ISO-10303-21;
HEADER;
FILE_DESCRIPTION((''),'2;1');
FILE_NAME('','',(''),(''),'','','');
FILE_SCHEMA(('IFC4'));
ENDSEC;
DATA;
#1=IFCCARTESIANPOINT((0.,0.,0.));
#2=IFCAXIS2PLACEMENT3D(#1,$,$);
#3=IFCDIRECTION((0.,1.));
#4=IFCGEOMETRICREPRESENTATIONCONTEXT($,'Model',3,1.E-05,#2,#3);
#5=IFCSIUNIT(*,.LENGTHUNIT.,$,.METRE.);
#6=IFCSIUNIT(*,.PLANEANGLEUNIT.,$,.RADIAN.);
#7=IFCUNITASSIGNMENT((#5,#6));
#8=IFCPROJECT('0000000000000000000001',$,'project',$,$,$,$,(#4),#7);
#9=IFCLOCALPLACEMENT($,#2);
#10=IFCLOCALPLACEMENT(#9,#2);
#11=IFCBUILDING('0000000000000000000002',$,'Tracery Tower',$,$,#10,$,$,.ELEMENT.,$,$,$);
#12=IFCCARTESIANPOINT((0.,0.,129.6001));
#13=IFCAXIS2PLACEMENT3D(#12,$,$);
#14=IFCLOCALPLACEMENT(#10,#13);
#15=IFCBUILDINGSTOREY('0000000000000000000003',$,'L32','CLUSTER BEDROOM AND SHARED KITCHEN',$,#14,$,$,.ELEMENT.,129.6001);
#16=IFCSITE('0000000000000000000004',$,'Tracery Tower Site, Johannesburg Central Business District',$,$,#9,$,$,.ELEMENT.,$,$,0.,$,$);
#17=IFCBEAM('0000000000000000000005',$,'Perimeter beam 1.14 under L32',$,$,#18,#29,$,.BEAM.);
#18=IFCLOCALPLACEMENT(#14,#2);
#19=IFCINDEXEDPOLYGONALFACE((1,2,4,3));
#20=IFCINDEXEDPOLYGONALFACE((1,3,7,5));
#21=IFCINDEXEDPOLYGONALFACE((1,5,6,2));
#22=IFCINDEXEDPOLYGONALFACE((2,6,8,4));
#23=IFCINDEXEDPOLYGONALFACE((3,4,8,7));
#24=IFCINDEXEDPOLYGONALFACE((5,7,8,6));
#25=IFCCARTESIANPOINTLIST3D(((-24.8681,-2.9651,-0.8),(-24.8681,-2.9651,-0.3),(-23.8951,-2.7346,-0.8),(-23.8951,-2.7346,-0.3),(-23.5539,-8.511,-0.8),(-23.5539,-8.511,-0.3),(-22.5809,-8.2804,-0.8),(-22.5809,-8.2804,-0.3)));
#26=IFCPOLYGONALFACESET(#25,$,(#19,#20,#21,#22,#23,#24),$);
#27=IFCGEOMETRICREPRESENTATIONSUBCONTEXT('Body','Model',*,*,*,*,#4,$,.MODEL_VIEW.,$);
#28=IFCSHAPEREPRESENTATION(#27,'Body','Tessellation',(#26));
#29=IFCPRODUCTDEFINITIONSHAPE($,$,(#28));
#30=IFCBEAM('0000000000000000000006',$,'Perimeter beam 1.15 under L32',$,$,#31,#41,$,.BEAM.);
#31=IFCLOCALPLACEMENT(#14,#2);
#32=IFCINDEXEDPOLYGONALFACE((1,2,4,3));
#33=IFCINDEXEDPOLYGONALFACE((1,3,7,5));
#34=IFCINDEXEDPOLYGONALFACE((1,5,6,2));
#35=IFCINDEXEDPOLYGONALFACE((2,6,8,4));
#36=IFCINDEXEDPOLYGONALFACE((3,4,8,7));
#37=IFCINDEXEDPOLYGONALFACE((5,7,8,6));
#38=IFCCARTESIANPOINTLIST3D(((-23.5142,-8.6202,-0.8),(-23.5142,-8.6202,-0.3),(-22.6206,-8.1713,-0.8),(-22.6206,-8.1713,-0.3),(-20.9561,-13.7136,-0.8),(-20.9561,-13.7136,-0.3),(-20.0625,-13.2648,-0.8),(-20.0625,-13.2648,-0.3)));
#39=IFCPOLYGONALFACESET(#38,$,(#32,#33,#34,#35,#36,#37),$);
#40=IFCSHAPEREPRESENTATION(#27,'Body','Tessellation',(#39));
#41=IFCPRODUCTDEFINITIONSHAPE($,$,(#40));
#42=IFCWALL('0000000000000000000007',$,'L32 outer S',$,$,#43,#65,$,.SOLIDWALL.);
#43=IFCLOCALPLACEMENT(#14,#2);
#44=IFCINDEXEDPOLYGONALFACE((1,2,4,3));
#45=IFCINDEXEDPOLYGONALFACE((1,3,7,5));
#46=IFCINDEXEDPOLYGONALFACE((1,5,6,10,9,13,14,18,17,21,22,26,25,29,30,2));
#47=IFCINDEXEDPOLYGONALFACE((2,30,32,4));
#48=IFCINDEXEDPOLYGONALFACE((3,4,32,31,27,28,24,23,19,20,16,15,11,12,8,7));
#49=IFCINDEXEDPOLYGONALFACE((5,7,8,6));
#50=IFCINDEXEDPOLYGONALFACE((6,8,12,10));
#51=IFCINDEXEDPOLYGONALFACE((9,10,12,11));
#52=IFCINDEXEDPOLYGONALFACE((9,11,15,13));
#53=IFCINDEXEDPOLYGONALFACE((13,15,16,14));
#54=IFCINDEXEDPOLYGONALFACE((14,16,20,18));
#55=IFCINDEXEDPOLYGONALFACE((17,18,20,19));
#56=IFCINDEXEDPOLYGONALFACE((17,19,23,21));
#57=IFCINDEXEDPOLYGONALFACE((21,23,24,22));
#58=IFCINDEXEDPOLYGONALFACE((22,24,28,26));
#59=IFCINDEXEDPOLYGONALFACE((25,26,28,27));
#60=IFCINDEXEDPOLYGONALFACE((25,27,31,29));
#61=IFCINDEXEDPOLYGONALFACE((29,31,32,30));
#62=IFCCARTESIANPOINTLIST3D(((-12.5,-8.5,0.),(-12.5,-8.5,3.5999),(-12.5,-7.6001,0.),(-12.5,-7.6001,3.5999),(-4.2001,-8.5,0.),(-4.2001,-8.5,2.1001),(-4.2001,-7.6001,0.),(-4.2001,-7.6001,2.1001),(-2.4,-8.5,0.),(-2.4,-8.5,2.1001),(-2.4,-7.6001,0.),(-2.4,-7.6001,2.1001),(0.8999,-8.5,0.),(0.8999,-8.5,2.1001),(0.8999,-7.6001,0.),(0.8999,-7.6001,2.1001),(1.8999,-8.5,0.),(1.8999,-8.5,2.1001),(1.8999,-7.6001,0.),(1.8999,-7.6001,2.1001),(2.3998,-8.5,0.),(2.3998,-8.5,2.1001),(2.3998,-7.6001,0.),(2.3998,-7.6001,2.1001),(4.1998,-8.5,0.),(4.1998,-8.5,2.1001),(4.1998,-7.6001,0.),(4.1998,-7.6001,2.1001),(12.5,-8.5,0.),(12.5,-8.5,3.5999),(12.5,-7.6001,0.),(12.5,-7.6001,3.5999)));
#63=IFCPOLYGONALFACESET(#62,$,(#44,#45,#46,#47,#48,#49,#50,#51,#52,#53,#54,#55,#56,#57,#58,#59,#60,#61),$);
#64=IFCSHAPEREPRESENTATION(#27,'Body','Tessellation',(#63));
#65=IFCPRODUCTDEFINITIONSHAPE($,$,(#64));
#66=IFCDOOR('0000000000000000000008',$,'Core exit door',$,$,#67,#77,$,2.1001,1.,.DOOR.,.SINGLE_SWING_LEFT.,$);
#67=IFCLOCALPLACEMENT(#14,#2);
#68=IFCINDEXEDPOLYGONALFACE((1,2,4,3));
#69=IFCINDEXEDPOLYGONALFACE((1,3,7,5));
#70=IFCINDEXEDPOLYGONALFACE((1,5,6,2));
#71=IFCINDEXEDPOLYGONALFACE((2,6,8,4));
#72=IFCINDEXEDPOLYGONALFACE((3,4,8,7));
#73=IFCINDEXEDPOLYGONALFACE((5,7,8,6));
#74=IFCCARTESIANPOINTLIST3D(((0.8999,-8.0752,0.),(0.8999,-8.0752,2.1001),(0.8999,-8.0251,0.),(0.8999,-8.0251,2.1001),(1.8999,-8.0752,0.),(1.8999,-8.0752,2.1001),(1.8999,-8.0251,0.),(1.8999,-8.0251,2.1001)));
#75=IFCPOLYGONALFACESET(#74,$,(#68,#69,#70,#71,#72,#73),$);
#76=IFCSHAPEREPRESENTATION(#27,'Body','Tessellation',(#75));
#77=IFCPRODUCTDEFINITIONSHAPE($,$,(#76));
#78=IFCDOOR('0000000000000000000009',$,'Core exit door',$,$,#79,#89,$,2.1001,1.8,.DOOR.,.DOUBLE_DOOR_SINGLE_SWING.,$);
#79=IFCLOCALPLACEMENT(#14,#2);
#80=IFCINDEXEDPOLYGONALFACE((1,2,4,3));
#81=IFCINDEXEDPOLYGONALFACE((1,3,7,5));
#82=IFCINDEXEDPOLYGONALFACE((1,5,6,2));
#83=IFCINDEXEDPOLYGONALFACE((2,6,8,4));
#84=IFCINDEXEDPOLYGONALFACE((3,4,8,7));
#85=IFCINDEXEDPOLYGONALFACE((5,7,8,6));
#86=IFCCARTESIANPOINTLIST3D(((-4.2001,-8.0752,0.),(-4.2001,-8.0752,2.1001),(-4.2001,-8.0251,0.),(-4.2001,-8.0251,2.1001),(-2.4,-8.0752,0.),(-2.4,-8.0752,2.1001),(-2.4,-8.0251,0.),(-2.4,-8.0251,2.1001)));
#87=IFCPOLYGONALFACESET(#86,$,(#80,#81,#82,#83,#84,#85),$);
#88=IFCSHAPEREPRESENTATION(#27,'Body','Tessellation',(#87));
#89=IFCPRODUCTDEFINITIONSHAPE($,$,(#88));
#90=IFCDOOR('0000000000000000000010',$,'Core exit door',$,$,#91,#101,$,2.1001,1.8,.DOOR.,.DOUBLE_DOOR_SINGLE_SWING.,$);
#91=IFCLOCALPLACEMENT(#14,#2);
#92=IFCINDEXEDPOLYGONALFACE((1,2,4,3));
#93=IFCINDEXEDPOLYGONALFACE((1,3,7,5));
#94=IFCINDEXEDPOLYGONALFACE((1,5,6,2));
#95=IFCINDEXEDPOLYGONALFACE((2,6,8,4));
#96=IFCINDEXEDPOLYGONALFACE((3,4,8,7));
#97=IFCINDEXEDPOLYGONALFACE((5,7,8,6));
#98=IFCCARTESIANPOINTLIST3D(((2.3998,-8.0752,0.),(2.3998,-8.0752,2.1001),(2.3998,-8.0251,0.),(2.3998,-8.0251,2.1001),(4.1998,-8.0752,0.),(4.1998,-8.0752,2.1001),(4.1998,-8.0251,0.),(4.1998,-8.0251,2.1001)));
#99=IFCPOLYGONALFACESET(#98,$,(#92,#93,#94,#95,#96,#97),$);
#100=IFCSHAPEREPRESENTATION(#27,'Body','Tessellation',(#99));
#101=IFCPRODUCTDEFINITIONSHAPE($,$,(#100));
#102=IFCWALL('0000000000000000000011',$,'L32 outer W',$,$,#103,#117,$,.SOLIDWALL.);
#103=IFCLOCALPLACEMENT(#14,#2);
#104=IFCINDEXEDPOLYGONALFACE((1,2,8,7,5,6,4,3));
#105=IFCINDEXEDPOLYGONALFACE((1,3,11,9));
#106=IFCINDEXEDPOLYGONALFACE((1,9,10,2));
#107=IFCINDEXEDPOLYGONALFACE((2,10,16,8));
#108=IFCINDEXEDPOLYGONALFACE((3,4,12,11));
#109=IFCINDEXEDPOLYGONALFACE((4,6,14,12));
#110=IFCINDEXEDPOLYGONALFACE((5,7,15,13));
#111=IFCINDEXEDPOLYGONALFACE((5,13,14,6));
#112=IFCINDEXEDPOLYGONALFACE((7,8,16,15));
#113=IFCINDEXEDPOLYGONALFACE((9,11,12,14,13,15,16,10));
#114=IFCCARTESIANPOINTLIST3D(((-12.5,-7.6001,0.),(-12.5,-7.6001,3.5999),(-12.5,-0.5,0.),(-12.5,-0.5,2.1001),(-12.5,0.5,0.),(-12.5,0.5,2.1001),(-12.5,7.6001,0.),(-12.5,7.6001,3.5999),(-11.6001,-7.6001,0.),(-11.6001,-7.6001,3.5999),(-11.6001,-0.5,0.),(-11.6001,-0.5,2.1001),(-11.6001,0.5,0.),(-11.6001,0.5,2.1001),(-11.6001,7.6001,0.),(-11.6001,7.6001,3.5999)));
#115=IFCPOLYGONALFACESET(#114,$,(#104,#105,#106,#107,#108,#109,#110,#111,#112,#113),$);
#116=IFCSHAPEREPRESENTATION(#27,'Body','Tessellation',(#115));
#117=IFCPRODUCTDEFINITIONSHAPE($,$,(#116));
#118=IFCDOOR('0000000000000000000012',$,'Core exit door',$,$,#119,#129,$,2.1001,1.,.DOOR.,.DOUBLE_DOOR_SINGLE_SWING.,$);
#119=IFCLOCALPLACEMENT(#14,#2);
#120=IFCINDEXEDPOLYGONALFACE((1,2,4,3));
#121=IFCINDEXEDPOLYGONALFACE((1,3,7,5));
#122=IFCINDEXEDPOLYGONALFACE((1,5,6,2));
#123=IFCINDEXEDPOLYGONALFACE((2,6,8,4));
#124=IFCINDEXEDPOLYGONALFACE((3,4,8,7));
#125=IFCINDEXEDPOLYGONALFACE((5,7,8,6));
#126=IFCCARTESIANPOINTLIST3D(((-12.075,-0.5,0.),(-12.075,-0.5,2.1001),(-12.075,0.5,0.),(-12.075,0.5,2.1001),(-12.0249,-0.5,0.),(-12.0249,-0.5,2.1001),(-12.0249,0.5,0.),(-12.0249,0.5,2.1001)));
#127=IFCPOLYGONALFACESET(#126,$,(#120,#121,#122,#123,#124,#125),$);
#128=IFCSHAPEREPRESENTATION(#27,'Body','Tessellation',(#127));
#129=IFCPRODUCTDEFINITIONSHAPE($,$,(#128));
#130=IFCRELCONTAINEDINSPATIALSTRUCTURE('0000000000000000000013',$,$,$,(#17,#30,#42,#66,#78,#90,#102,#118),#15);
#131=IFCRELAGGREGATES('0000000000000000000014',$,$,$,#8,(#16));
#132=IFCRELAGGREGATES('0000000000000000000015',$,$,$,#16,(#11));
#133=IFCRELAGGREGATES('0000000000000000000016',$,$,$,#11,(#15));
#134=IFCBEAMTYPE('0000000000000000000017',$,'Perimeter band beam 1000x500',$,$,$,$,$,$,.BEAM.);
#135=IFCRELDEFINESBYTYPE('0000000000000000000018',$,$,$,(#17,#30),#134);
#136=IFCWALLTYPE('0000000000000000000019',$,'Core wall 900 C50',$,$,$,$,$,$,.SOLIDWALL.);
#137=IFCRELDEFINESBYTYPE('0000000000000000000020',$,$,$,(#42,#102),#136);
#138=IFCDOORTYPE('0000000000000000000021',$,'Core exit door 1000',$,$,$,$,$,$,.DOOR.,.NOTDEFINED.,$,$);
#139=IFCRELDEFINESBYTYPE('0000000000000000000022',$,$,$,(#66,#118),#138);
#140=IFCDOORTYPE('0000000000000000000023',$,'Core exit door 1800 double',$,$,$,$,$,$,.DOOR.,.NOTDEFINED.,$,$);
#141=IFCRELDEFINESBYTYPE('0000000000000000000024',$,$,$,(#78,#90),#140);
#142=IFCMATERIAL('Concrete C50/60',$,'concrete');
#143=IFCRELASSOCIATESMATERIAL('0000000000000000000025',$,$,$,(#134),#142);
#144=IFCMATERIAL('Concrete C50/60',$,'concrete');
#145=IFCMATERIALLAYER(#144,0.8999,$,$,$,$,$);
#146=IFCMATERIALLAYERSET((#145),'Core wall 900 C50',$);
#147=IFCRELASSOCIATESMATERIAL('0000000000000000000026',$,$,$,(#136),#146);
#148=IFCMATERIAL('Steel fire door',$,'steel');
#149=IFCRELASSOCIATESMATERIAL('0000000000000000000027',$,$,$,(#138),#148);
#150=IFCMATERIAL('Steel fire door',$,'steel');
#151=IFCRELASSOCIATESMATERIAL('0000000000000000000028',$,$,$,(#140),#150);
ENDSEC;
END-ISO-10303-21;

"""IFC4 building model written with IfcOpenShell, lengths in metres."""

from ifc_helpers import new_model, si_unit, direction, frame, frame_2d, origin, origin_2d, place, context, subcontext, project, spatial, rectangle, extrude, material, layer, layer_set, material_profile, profile_set, type_object, element, fill, save


model = new_model("IFC4")

# Units and contexts
model_context = context("Model", 3, precision=1e-05, world=origin(), true_north=direction((0.0, 1.0)))
body_context = subcontext(model_context, "Body", "Model", "MODEL_VIEW")
ifc_project = project(units=[si_unit("LENGTHUNIT", "METRE"), si_unit("PLANEANGLEUNIT", "RADIAN")], contexts=[model_context])

# Site, building, storey
site_placement = place(None, origin())
site = spatial("IfcSite", under=ifc_project, at=site_placement, Name="Tracery Tower Site, Johannesburg Central Business District", CompositionType="ELEMENT", RefElevation=0.0)
building_placement = place(site_placement, origin())
building = spatial("IfcBuilding", under=site, at=building_placement, Name="Tracery Tower", CompositionType="ELEMENT")
storey_placement = place(building_placement, frame((0.0, 0.0, 129.6001)))
storey = spatial("IfcBuildingStorey", under=building, at=storey_placement, Name="L32", Description="CLUSTER BEDROOM AND SHARED KITCHEN", CompositionType="ELEMENT", Elevation=129.6001)

# Beams
ifc_material_1 = material(Name="Concrete C50/60", Category="concrete")
ifc_material_profile_1 = material_profile(ifc_material_1, rectangle(XDim=1.0, YDim=0.5, at=origin_2d()), Name="RC 1000x500")
ifc_profile_set_1 = profile_set([ifc_material_profile_1], Name="Concrete C50/60")
beam_type = type_object("IfcBeamType", Name="Perimeter band beam 1000x500", PredefinedType="BEAM", material=ifc_profile_set_1)
beam_1_placement = place(storey_placement, frame((-24.3816, -2.8499, -0.55), z_axis=(0.230584, -0.973052, 0.0), x_axis=(0.973052, 0.230584, 0.0)))
element("IfcBeam", 1, at=beam_1_placement, inside=storey, type_object=beam_type, Name="Perimeter beam 1.14 under L32", PredefinedType="BEAM", context=body_context, shape_type="SweptSolid", body=[
    extrude(rectangle(XDim=1.0, YDim=0.5, at=origin_2d()), origin(), (0.0, 0.0, 1.0), 5.6995),
])
beam_2_placement = place(storey_placement, frame((-23.0674, -8.3958, -0.55), z_axis=(0.448806, -0.893629, 0.0), x_axis=(0.893629, 0.448806, 0.0)))
element("IfcBeam", 2, at=beam_2_placement, inside=storey, type_object=beam_type, Name="Perimeter beam 1.15 under L32", PredefinedType="BEAM", context=body_context, shape_type="SweptSolid", body=[
    extrude(rectangle(XDim=1.0, YDim=0.5, at=origin_2d()), origin(), (0.0, 0.0, 1.0), 5.6997),
])

# Wall, openings, doors
ifc_material_2 = material(Name="Concrete C50/60", Category="concrete")
ifc_layer_1 = layer(ifc_material_2, 0.8999)
ifc_layer_set_1 = layer_set([ifc_layer_1], Name="Core wall 900 C50")
wall_type_1 = type_object("IfcWallType", Name="Core wall 900 C50", PredefinedType="SOLIDWALL", material=ifc_layer_set_1)
wall_1_placement = place(storey_placement, frame((-12.5, -8.05, 0.0), z_axis=(0.0, 0.0, 1.0), x_axis=(1.0, 0.0, 0.0)))
wall_1 = element("IfcWall", 3, at=wall_1_placement, inside=storey, type_object=wall_type_1, Name="L32 outer S", PredefinedType="SOLIDWALL", context=body_context, shape_type="SweptSolid", body=[
    extrude(rectangle(XDim=25.0, YDim=0.8999, at=frame_2d((12.5, 0.0))), origin(), (0.0, 0.0, 1.0), 3.5999),
])
opening_1_placement = place(wall_1_placement, frame((13.3999, 0.0, 0.0)))
opening_1 = element("IfcOpeningElement", 4, at=opening_1_placement, cuts=wall_1, PredefinedType="OPENING", context=body_context, shape_type="SweptSolid", body=[
    extrude(rectangle(XDim=1.0, YDim=2.1001, at=frame_2d((0.5, 1.05))), frame((0.0, 0.45, 0.0), z_axis=(0.0, -1.0, 0.0), x_axis=(1.0, 0.0, 0.0)), (0.0, 0.0, 1.0), 0.8999),
])
opening_2_placement = place(wall_1_placement, frame((8.3, 0.0, 0.0)))
opening_2 = element("IfcOpeningElement", 5, at=opening_2_placement, cuts=wall_1, PredefinedType="OPENING", context=body_context, shape_type="SweptSolid", body=[
    extrude(rectangle(XDim=1.8, YDim=2.1001, at=frame_2d((0.8999, 1.05))), frame((0.0, 0.45, 0.0), z_axis=(0.0, -1.0, 0.0), x_axis=(1.0, 0.0, 0.0)), (0.0, 0.0, 1.0), 0.8999),
])
opening_3_placement = place(wall_1_placement, frame((14.8999, 0.0, 0.0)))
opening_3 = element("IfcOpeningElement", 6, at=opening_3_placement, cuts=wall_1, PredefinedType="OPENING", context=body_context, shape_type="SweptSolid", body=[
    extrude(rectangle(XDim=1.8, YDim=2.1001, at=frame_2d((0.8999, 1.05))), frame((0.0, 0.45, 0.0), z_axis=(0.0, -1.0, 0.0), x_axis=(1.0, 0.0, 0.0)), (0.0, 0.0, 1.0), 0.8999),
])
ifc_material_3 = material(Name="Steel fire door", Category="steel")
door_type_1 = type_object("IfcDoorType", Name="Core exit door 1000", OperationType="NOTDEFINED", PredefinedType="DOOR", material=ifc_material_3)
door_1_placement = place(opening_1_placement, origin())
door_1 = element("IfcDoor", 7, at=door_1_placement, inside=storey, type_object=door_type_1, Name="Core exit door", OperationType="SINGLE_SWING_LEFT", OverallHeight=2.1001, OverallWidth=1.0, PredefinedType="DOOR", context=body_context, shape_type="SweptSolid", body=[
    extrude(rectangle(XDim=1.0, YDim=2.1001, at=frame_2d((0.5, 1.05))), frame((0.0, 0.0249, 0.0), z_axis=(0.0, -1.0, 0.0), x_axis=(1.0, 0.0, 0.0)), (0.0, 0.0, 1.0), 0.05),
])
fill(opening_1, door_1)
ifc_material_4 = material(Name="Steel fire door", Category="steel")
door_type_2 = type_object("IfcDoorType", Name="Core exit door 1800 double", OperationType="NOTDEFINED", PredefinedType="DOOR", material=ifc_material_4)
door_2_placement = place(opening_2_placement, origin())
door_2 = element("IfcDoor", 8, at=door_2_placement, inside=storey, type_object=door_type_2, Name="Core exit door", OperationType="DOUBLE_DOOR_SINGLE_SWING", OverallHeight=2.1001, OverallWidth=1.8, PredefinedType="DOOR", context=body_context, shape_type="SweptSolid", body=[
    extrude(rectangle(XDim=1.8, YDim=2.1001, at=frame_2d((0.8999, 1.05))), frame((0.0, 0.0249, 0.0), z_axis=(0.0, -1.0, 0.0), x_axis=(1.0, 0.0, 0.0)), (0.0, 0.0, 1.0), 0.05),
])
fill(opening_2, door_2)
door_3_placement = place(opening_3_placement, origin())
door_3 = element("IfcDoor", 9, at=door_3_placement, inside=storey, type_object=door_type_2, Name="Core exit door", OperationType="DOUBLE_DOOR_SINGLE_SWING", OverallHeight=2.1001, OverallWidth=1.8, PredefinedType="DOOR", context=body_context, shape_type="SweptSolid", body=[
    extrude(rectangle(XDim=1.8, YDim=2.1001, at=frame_2d((0.8999, 1.05))), frame((0.0, 0.0249, 0.0), z_axis=(0.0, -1.0, 0.0), x_axis=(1.0, 0.0, 0.0)), (0.0, 0.0, 1.0), 0.05),
])
fill(opening_3, door_3)

# Wall, opening, door
wall_2_placement = place(storey_placement, frame((-12.05, -7.6001, 0.0), z_axis=(0.0, 0.0, 1.0), x_axis=(0.0, 1.0, 0.0)))
wall_2 = element("IfcWall", 10, at=wall_2_placement, inside=storey, type_object=wall_type_1, Name="L32 outer W", PredefinedType="SOLIDWALL", context=body_context, shape_type="SweptSolid", body=[
    extrude(rectangle(XDim=15.2002, YDim=0.8999, at=frame_2d((7.6001, 0.0))), origin(), (0.0, 0.0, 1.0), 3.5999),
])
opening_4_placement = place(wall_2_placement, frame((7.1001, 0.0, 0.0)))
opening_4 = element("IfcOpeningElement", 11, at=opening_4_placement, cuts=wall_2, PredefinedType="OPENING", context=body_context, shape_type="SweptSolid", body=[
    extrude(rectangle(XDim=1.0, YDim=2.1001, at=frame_2d((0.5, 1.05))), frame((0.0, 0.45, 0.0), z_axis=(0.0, -1.0, 0.0), x_axis=(1.0, 0.0, 0.0)), (0.0, 0.0, 1.0), 0.8999),
])
door_4_placement = place(opening_4_placement, origin())
door_4 = element("IfcDoor", 12, at=door_4_placement, inside=storey, type_object=door_type_1, Name="Core exit door", OperationType="DOUBLE_DOOR_SINGLE_SWING", OverallHeight=2.1001, OverallWidth=1.0, PredefinedType="DOOR", context=body_context, shape_type="SweptSolid", body=[
    extrude(rectangle(XDim=1.0, YDim=2.1001, at=frame_2d((0.5, 1.05))), frame((0.0, 0.0249, 0.0), z_axis=(0.0, -1.0, 0.0), x_axis=(1.0, 0.0, 0.0)), (0.0, 0.0, 1.0), 0.05),
])
fill(opening_4, door_4)

save(model, "model.ifc")
